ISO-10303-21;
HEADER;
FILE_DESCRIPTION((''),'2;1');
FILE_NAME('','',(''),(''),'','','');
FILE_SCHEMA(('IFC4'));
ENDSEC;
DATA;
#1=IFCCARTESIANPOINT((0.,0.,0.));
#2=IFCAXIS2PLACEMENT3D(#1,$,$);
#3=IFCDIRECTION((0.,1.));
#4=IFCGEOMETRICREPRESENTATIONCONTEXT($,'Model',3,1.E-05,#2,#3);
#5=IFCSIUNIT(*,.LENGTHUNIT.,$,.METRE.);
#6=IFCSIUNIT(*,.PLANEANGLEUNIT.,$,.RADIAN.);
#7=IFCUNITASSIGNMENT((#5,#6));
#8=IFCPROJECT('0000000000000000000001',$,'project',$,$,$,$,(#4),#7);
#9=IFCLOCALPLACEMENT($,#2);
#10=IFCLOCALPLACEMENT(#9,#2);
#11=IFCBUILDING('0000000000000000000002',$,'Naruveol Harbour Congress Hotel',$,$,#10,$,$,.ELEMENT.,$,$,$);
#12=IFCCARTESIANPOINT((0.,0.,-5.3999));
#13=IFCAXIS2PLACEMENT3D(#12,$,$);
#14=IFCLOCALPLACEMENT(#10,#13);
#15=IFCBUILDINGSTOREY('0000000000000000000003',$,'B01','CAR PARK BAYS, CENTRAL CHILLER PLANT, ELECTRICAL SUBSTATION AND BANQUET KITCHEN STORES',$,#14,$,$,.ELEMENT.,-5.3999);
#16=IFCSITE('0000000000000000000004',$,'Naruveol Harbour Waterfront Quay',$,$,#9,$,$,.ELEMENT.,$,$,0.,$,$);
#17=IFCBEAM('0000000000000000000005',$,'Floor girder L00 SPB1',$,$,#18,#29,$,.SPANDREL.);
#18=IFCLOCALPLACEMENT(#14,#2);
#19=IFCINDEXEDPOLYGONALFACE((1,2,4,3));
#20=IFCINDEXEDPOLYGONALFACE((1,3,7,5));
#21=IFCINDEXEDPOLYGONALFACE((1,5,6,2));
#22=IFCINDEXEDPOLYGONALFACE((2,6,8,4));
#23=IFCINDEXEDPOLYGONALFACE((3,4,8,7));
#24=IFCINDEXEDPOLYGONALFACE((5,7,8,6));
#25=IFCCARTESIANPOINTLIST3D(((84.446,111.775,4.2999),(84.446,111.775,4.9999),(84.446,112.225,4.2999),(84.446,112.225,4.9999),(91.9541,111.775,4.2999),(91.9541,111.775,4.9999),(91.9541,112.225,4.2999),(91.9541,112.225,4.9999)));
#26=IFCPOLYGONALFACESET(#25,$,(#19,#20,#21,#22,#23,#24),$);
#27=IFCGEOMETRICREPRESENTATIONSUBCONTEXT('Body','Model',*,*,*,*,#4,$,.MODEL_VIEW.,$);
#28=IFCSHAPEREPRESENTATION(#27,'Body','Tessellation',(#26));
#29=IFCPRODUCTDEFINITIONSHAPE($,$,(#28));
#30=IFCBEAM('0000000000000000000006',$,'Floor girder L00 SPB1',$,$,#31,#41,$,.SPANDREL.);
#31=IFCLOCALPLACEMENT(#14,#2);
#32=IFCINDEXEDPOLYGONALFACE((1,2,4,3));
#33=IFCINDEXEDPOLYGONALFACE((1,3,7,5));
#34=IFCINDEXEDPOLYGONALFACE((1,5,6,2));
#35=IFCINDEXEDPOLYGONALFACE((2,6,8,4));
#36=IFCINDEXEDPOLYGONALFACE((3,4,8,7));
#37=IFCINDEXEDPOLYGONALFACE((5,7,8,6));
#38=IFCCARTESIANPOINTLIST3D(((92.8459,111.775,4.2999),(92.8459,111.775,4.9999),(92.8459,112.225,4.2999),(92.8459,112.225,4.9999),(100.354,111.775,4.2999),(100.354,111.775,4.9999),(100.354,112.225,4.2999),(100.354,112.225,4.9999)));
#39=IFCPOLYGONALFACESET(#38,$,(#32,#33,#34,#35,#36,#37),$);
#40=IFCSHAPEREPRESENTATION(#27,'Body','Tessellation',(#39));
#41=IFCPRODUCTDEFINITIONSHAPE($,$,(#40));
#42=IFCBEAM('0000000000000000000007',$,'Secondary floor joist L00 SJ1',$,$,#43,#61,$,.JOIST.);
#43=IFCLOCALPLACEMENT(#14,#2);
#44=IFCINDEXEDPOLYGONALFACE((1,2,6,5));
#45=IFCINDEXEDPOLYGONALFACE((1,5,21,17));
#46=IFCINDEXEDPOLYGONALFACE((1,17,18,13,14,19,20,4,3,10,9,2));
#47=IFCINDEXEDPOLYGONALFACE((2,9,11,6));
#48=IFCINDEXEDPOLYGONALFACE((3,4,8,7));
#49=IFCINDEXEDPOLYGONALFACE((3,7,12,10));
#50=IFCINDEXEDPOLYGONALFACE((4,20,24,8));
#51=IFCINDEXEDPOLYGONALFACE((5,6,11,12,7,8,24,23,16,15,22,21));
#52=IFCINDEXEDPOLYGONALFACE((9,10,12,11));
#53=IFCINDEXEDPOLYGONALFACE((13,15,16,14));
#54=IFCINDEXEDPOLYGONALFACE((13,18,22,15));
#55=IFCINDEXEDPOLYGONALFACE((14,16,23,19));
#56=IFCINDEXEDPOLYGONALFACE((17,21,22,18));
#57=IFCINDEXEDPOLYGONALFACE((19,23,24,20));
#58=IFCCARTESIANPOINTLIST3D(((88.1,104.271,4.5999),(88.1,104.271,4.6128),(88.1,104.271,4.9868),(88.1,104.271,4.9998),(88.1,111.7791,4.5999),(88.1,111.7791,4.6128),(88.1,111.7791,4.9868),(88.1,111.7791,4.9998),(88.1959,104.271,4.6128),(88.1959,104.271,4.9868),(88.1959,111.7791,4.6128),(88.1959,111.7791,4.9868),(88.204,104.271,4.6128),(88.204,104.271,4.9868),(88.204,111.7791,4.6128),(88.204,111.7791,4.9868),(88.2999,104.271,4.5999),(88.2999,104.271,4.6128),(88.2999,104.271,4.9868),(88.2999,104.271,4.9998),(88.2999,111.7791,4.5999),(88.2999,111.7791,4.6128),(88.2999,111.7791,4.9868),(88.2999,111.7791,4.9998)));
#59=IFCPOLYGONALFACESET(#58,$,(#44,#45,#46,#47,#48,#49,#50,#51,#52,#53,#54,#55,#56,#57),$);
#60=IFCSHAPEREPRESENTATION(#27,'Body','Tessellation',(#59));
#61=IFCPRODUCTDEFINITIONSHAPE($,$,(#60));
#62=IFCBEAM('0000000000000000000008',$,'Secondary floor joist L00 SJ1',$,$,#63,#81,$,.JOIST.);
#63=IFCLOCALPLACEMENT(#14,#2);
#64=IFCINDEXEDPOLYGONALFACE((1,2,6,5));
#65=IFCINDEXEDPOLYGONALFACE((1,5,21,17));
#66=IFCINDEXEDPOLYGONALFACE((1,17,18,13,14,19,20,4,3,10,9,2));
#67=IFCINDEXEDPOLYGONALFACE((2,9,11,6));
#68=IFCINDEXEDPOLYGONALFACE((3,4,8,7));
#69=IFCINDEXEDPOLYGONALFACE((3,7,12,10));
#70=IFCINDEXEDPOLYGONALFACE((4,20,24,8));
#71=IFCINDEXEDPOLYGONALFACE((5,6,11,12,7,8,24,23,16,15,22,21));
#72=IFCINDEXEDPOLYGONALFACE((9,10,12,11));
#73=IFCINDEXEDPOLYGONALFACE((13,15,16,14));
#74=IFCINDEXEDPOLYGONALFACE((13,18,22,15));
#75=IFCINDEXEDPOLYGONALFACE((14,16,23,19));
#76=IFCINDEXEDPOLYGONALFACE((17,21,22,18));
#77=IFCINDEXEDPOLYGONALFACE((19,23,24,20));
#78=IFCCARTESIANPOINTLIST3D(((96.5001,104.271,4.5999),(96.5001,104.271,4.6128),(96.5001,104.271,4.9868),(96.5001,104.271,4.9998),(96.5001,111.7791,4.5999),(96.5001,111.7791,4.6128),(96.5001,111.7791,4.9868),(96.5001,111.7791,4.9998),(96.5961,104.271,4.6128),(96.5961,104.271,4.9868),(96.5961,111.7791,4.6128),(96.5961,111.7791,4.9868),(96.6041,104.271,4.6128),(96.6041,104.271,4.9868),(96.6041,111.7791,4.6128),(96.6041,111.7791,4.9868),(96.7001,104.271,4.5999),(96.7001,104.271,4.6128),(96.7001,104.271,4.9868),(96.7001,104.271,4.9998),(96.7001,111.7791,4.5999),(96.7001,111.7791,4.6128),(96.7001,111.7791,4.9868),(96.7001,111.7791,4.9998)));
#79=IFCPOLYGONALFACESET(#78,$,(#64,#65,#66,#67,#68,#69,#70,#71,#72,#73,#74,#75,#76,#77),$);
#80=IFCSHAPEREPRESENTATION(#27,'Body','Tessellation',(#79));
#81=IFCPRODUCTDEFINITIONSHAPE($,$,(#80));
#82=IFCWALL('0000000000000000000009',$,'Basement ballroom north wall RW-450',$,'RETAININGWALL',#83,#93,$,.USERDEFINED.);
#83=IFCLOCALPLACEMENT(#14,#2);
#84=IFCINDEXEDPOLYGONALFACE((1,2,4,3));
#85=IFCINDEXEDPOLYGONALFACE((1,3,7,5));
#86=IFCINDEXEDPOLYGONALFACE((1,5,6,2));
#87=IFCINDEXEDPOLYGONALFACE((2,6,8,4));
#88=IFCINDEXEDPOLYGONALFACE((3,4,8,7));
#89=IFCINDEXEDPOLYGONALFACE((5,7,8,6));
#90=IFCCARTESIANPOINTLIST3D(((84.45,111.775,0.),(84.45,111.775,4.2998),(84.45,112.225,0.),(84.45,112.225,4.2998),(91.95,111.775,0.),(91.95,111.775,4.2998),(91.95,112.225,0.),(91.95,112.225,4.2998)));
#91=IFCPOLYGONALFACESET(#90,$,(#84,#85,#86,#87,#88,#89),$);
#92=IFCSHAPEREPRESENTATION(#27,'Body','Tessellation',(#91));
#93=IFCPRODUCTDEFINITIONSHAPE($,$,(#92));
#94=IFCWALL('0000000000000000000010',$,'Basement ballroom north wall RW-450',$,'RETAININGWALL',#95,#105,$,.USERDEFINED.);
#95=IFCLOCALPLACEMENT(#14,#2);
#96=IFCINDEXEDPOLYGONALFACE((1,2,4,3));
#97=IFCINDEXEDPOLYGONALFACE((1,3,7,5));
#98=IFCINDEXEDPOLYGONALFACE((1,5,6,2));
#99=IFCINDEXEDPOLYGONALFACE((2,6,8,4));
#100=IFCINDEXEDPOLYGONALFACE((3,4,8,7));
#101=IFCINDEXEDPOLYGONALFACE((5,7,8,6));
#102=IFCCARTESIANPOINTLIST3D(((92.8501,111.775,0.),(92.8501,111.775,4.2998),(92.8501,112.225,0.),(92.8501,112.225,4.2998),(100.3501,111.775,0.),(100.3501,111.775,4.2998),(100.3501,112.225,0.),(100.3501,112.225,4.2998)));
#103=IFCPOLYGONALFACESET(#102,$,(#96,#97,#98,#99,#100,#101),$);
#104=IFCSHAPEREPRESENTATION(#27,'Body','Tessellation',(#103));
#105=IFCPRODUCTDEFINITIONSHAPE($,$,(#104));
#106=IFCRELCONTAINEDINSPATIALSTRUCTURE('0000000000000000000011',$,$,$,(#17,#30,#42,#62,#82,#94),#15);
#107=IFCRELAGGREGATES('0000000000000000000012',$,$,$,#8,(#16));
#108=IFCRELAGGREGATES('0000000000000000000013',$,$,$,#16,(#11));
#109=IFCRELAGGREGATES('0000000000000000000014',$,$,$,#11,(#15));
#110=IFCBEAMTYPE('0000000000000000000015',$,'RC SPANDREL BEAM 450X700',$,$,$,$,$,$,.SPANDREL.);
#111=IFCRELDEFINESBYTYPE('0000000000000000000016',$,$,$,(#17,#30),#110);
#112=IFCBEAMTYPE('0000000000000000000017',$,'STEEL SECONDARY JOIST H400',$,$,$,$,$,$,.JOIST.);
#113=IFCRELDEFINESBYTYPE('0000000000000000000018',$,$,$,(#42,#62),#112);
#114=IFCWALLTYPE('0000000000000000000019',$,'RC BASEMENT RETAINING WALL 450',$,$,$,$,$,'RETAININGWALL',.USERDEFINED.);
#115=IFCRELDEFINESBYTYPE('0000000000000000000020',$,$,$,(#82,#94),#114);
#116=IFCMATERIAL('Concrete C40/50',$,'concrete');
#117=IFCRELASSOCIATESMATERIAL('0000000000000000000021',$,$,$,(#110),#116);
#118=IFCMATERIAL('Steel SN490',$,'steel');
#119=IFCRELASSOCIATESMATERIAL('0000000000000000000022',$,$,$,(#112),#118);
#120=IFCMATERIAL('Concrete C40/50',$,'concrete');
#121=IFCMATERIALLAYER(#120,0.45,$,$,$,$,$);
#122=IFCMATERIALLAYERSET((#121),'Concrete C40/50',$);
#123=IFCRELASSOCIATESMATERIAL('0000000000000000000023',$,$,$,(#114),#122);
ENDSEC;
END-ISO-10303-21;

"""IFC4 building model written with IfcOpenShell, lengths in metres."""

from ifc_helpers import new_model, si_unit, direction, frame, frame_2d, origin, origin_2d, place, context, subcontext, project, spatial, rectangle, i_section, extrude, material, layer, layer_set, material_profile, profile_set, type_object, element, save


model = new_model("IFC4")

# Units and contexts
model_context = context("Model", 3, precision=1e-05, world=origin(), true_north=direction((0.0, 1.0)))
body_context = subcontext(model_context, "Body", "Model", "MODEL_VIEW")
ifc_project = project(units=[si_unit("LENGTHUNIT", "METRE"), si_unit("PLANEANGLEUNIT", "RADIAN")], contexts=[model_context])

# Site, building, storey
site_placement = place(None, origin())
site = spatial("IfcSite", under=ifc_project, at=site_placement, Name="Naruveol Harbour Waterfront Quay", CompositionType="ELEMENT", RefElevation=0.0)
building_placement = place(site_placement, origin())
building = spatial("IfcBuilding", under=site, at=building_placement, Name="Naruveol Harbour Congress Hotel", CompositionType="ELEMENT")
storey_placement = place(building_placement, frame((0.0, 0.0, -5.3999)))
storey = spatial("IfcBuildingStorey", under=building, at=storey_placement, Name="B01", Description="CAR PARK BAYS, CENTRAL CHILLER PLANT, ELECTRICAL SUBSTATION AND BANQUET KITCHEN STORES", CompositionType="ELEMENT", Elevation=-5.3999)

# Beams
ifc_material_1 = material(Name="Concrete C40/50", Category="concrete")
ifc_material_profile_1 = material_profile(ifc_material_1, rectangle(XDim=0.45, YDim=0.7, at=origin_2d()), Name="RCB-450x700")
ifc_profile_set_1 = profile_set([ifc_material_profile_1], Name="Concrete C40/50")
beam_type_1 = type_object("IfcBeamType", Name="RC SPANDREL BEAM 450X700", PredefinedType="SPANDREL", material=ifc_profile_set_1)
for number, where, z_axis, x_axis, name in (
    (1, (84.446, 112.0, 4.6499), (1.0, 0.0, 0.0), (0.0, 1.0, 0.0), "Floor girder L00 SPB1"),
    (2, (92.8459, 112.0, 4.6499), (1.0, 0.0, 0.0), (0.0, 1.0, 0.0), "Floor girder L00 SPB1"),
):
    element("IfcBeam", number, at=place(storey_placement, frame(where, z_axis=z_axis, x_axis=x_axis)), inside=storey, type_object=beam_type_1, Name=name, PredefinedType="SPANDREL", context=body_context, shape_type="SweptSolid", body=[
        extrude(rectangle(XDim=0.45, YDim=0.7, at=origin_2d()), origin(), (0.0, 0.0, 1.0), 7.5081),
    ])
ifc_material_2 = material(Name="Steel SN490", Category="steel")
ifc_material_profile_2 = material_profile(ifc_material_2, i_section(OverallWidth=0.2, OverallDepth=0.3999, WebThickness=0.0081, FlangeThickness=0.0129, at=origin_2d()), Name="H-400x200x8x13")
ifc_profile_set_2 = profile_set([ifc_material_profile_2], Name="Steel SN490")
beam_type_2 = type_object("IfcBeamType", Name="STEEL SECONDARY JOIST H400", PredefinedType="JOIST", material=ifc_profile_set_2)
for number, where, z_axis, x_axis, name in (
    (3, (88.2, 104.271, 4.7998), (0.0, 1.0, 0.0), (-1.0, 0.0, 0.0), "Secondary floor joist L00 SJ1"),
    (4, (96.6001, 104.271, 4.7998), (0.0, 1.0, 0.0), (-1.0, 0.0, 0.0), "Secondary floor joist L00 SJ1"),
):
    element("IfcBeam", number, at=place(storey_placement, frame(where, z_axis=z_axis, x_axis=x_axis)), inside=storey, type_object=beam_type_2, Name=name, PredefinedType="JOIST", context=body_context, shape_type="SweptSolid", body=[
        extrude(i_section(OverallWidth=0.2, OverallDepth=0.3999, WebThickness=0.0081, FlangeThickness=0.0129, at=origin_2d()), origin(), (0.0, 0.0, 1.0), 7.5081),
    ])

# Walls
ifc_material_3 = material(Name="Concrete C40/50", Category="concrete")
ifc_layer = layer(ifc_material_3, 0.45)
ifc_layer_set = layer_set([ifc_layer], Name="Concrete C40/50")
wall_type = type_object("IfcWallType", Name="RC BASEMENT RETAINING WALL 450", ElementType="RETAININGWALL", PredefinedType="USERDEFINED", material=ifc_layer_set)
for number, where, z_axis, x_axis, name in (
    (5, (84.45, 112.0, 0.0), (0.0, 0.0, 1.0), (1.0, 0.0, 0.0), "Basement ballroom north wall RW-450"),
    (6, (92.8501, 112.0, 0.0), (0.0, 0.0, 1.0), (1.0, 0.0, 0.0), "Basement ballroom north wall RW-450"),
):
    element("IfcWall", number, at=place(storey_placement, frame(where, z_axis=z_axis, x_axis=x_axis)), inside=storey, type_object=wall_type, Name=name, ObjectType="RETAININGWALL", PredefinedType="USERDEFINED", context=body_context, shape_type="SweptSolid", body=[
        extrude(rectangle(XDim=7.5, YDim=0.45, at=frame_2d((3.75, 0.0))), origin(), (0.0, 0.0, 1.0), 4.2998),
    ])

save(model, "model.ifc")
